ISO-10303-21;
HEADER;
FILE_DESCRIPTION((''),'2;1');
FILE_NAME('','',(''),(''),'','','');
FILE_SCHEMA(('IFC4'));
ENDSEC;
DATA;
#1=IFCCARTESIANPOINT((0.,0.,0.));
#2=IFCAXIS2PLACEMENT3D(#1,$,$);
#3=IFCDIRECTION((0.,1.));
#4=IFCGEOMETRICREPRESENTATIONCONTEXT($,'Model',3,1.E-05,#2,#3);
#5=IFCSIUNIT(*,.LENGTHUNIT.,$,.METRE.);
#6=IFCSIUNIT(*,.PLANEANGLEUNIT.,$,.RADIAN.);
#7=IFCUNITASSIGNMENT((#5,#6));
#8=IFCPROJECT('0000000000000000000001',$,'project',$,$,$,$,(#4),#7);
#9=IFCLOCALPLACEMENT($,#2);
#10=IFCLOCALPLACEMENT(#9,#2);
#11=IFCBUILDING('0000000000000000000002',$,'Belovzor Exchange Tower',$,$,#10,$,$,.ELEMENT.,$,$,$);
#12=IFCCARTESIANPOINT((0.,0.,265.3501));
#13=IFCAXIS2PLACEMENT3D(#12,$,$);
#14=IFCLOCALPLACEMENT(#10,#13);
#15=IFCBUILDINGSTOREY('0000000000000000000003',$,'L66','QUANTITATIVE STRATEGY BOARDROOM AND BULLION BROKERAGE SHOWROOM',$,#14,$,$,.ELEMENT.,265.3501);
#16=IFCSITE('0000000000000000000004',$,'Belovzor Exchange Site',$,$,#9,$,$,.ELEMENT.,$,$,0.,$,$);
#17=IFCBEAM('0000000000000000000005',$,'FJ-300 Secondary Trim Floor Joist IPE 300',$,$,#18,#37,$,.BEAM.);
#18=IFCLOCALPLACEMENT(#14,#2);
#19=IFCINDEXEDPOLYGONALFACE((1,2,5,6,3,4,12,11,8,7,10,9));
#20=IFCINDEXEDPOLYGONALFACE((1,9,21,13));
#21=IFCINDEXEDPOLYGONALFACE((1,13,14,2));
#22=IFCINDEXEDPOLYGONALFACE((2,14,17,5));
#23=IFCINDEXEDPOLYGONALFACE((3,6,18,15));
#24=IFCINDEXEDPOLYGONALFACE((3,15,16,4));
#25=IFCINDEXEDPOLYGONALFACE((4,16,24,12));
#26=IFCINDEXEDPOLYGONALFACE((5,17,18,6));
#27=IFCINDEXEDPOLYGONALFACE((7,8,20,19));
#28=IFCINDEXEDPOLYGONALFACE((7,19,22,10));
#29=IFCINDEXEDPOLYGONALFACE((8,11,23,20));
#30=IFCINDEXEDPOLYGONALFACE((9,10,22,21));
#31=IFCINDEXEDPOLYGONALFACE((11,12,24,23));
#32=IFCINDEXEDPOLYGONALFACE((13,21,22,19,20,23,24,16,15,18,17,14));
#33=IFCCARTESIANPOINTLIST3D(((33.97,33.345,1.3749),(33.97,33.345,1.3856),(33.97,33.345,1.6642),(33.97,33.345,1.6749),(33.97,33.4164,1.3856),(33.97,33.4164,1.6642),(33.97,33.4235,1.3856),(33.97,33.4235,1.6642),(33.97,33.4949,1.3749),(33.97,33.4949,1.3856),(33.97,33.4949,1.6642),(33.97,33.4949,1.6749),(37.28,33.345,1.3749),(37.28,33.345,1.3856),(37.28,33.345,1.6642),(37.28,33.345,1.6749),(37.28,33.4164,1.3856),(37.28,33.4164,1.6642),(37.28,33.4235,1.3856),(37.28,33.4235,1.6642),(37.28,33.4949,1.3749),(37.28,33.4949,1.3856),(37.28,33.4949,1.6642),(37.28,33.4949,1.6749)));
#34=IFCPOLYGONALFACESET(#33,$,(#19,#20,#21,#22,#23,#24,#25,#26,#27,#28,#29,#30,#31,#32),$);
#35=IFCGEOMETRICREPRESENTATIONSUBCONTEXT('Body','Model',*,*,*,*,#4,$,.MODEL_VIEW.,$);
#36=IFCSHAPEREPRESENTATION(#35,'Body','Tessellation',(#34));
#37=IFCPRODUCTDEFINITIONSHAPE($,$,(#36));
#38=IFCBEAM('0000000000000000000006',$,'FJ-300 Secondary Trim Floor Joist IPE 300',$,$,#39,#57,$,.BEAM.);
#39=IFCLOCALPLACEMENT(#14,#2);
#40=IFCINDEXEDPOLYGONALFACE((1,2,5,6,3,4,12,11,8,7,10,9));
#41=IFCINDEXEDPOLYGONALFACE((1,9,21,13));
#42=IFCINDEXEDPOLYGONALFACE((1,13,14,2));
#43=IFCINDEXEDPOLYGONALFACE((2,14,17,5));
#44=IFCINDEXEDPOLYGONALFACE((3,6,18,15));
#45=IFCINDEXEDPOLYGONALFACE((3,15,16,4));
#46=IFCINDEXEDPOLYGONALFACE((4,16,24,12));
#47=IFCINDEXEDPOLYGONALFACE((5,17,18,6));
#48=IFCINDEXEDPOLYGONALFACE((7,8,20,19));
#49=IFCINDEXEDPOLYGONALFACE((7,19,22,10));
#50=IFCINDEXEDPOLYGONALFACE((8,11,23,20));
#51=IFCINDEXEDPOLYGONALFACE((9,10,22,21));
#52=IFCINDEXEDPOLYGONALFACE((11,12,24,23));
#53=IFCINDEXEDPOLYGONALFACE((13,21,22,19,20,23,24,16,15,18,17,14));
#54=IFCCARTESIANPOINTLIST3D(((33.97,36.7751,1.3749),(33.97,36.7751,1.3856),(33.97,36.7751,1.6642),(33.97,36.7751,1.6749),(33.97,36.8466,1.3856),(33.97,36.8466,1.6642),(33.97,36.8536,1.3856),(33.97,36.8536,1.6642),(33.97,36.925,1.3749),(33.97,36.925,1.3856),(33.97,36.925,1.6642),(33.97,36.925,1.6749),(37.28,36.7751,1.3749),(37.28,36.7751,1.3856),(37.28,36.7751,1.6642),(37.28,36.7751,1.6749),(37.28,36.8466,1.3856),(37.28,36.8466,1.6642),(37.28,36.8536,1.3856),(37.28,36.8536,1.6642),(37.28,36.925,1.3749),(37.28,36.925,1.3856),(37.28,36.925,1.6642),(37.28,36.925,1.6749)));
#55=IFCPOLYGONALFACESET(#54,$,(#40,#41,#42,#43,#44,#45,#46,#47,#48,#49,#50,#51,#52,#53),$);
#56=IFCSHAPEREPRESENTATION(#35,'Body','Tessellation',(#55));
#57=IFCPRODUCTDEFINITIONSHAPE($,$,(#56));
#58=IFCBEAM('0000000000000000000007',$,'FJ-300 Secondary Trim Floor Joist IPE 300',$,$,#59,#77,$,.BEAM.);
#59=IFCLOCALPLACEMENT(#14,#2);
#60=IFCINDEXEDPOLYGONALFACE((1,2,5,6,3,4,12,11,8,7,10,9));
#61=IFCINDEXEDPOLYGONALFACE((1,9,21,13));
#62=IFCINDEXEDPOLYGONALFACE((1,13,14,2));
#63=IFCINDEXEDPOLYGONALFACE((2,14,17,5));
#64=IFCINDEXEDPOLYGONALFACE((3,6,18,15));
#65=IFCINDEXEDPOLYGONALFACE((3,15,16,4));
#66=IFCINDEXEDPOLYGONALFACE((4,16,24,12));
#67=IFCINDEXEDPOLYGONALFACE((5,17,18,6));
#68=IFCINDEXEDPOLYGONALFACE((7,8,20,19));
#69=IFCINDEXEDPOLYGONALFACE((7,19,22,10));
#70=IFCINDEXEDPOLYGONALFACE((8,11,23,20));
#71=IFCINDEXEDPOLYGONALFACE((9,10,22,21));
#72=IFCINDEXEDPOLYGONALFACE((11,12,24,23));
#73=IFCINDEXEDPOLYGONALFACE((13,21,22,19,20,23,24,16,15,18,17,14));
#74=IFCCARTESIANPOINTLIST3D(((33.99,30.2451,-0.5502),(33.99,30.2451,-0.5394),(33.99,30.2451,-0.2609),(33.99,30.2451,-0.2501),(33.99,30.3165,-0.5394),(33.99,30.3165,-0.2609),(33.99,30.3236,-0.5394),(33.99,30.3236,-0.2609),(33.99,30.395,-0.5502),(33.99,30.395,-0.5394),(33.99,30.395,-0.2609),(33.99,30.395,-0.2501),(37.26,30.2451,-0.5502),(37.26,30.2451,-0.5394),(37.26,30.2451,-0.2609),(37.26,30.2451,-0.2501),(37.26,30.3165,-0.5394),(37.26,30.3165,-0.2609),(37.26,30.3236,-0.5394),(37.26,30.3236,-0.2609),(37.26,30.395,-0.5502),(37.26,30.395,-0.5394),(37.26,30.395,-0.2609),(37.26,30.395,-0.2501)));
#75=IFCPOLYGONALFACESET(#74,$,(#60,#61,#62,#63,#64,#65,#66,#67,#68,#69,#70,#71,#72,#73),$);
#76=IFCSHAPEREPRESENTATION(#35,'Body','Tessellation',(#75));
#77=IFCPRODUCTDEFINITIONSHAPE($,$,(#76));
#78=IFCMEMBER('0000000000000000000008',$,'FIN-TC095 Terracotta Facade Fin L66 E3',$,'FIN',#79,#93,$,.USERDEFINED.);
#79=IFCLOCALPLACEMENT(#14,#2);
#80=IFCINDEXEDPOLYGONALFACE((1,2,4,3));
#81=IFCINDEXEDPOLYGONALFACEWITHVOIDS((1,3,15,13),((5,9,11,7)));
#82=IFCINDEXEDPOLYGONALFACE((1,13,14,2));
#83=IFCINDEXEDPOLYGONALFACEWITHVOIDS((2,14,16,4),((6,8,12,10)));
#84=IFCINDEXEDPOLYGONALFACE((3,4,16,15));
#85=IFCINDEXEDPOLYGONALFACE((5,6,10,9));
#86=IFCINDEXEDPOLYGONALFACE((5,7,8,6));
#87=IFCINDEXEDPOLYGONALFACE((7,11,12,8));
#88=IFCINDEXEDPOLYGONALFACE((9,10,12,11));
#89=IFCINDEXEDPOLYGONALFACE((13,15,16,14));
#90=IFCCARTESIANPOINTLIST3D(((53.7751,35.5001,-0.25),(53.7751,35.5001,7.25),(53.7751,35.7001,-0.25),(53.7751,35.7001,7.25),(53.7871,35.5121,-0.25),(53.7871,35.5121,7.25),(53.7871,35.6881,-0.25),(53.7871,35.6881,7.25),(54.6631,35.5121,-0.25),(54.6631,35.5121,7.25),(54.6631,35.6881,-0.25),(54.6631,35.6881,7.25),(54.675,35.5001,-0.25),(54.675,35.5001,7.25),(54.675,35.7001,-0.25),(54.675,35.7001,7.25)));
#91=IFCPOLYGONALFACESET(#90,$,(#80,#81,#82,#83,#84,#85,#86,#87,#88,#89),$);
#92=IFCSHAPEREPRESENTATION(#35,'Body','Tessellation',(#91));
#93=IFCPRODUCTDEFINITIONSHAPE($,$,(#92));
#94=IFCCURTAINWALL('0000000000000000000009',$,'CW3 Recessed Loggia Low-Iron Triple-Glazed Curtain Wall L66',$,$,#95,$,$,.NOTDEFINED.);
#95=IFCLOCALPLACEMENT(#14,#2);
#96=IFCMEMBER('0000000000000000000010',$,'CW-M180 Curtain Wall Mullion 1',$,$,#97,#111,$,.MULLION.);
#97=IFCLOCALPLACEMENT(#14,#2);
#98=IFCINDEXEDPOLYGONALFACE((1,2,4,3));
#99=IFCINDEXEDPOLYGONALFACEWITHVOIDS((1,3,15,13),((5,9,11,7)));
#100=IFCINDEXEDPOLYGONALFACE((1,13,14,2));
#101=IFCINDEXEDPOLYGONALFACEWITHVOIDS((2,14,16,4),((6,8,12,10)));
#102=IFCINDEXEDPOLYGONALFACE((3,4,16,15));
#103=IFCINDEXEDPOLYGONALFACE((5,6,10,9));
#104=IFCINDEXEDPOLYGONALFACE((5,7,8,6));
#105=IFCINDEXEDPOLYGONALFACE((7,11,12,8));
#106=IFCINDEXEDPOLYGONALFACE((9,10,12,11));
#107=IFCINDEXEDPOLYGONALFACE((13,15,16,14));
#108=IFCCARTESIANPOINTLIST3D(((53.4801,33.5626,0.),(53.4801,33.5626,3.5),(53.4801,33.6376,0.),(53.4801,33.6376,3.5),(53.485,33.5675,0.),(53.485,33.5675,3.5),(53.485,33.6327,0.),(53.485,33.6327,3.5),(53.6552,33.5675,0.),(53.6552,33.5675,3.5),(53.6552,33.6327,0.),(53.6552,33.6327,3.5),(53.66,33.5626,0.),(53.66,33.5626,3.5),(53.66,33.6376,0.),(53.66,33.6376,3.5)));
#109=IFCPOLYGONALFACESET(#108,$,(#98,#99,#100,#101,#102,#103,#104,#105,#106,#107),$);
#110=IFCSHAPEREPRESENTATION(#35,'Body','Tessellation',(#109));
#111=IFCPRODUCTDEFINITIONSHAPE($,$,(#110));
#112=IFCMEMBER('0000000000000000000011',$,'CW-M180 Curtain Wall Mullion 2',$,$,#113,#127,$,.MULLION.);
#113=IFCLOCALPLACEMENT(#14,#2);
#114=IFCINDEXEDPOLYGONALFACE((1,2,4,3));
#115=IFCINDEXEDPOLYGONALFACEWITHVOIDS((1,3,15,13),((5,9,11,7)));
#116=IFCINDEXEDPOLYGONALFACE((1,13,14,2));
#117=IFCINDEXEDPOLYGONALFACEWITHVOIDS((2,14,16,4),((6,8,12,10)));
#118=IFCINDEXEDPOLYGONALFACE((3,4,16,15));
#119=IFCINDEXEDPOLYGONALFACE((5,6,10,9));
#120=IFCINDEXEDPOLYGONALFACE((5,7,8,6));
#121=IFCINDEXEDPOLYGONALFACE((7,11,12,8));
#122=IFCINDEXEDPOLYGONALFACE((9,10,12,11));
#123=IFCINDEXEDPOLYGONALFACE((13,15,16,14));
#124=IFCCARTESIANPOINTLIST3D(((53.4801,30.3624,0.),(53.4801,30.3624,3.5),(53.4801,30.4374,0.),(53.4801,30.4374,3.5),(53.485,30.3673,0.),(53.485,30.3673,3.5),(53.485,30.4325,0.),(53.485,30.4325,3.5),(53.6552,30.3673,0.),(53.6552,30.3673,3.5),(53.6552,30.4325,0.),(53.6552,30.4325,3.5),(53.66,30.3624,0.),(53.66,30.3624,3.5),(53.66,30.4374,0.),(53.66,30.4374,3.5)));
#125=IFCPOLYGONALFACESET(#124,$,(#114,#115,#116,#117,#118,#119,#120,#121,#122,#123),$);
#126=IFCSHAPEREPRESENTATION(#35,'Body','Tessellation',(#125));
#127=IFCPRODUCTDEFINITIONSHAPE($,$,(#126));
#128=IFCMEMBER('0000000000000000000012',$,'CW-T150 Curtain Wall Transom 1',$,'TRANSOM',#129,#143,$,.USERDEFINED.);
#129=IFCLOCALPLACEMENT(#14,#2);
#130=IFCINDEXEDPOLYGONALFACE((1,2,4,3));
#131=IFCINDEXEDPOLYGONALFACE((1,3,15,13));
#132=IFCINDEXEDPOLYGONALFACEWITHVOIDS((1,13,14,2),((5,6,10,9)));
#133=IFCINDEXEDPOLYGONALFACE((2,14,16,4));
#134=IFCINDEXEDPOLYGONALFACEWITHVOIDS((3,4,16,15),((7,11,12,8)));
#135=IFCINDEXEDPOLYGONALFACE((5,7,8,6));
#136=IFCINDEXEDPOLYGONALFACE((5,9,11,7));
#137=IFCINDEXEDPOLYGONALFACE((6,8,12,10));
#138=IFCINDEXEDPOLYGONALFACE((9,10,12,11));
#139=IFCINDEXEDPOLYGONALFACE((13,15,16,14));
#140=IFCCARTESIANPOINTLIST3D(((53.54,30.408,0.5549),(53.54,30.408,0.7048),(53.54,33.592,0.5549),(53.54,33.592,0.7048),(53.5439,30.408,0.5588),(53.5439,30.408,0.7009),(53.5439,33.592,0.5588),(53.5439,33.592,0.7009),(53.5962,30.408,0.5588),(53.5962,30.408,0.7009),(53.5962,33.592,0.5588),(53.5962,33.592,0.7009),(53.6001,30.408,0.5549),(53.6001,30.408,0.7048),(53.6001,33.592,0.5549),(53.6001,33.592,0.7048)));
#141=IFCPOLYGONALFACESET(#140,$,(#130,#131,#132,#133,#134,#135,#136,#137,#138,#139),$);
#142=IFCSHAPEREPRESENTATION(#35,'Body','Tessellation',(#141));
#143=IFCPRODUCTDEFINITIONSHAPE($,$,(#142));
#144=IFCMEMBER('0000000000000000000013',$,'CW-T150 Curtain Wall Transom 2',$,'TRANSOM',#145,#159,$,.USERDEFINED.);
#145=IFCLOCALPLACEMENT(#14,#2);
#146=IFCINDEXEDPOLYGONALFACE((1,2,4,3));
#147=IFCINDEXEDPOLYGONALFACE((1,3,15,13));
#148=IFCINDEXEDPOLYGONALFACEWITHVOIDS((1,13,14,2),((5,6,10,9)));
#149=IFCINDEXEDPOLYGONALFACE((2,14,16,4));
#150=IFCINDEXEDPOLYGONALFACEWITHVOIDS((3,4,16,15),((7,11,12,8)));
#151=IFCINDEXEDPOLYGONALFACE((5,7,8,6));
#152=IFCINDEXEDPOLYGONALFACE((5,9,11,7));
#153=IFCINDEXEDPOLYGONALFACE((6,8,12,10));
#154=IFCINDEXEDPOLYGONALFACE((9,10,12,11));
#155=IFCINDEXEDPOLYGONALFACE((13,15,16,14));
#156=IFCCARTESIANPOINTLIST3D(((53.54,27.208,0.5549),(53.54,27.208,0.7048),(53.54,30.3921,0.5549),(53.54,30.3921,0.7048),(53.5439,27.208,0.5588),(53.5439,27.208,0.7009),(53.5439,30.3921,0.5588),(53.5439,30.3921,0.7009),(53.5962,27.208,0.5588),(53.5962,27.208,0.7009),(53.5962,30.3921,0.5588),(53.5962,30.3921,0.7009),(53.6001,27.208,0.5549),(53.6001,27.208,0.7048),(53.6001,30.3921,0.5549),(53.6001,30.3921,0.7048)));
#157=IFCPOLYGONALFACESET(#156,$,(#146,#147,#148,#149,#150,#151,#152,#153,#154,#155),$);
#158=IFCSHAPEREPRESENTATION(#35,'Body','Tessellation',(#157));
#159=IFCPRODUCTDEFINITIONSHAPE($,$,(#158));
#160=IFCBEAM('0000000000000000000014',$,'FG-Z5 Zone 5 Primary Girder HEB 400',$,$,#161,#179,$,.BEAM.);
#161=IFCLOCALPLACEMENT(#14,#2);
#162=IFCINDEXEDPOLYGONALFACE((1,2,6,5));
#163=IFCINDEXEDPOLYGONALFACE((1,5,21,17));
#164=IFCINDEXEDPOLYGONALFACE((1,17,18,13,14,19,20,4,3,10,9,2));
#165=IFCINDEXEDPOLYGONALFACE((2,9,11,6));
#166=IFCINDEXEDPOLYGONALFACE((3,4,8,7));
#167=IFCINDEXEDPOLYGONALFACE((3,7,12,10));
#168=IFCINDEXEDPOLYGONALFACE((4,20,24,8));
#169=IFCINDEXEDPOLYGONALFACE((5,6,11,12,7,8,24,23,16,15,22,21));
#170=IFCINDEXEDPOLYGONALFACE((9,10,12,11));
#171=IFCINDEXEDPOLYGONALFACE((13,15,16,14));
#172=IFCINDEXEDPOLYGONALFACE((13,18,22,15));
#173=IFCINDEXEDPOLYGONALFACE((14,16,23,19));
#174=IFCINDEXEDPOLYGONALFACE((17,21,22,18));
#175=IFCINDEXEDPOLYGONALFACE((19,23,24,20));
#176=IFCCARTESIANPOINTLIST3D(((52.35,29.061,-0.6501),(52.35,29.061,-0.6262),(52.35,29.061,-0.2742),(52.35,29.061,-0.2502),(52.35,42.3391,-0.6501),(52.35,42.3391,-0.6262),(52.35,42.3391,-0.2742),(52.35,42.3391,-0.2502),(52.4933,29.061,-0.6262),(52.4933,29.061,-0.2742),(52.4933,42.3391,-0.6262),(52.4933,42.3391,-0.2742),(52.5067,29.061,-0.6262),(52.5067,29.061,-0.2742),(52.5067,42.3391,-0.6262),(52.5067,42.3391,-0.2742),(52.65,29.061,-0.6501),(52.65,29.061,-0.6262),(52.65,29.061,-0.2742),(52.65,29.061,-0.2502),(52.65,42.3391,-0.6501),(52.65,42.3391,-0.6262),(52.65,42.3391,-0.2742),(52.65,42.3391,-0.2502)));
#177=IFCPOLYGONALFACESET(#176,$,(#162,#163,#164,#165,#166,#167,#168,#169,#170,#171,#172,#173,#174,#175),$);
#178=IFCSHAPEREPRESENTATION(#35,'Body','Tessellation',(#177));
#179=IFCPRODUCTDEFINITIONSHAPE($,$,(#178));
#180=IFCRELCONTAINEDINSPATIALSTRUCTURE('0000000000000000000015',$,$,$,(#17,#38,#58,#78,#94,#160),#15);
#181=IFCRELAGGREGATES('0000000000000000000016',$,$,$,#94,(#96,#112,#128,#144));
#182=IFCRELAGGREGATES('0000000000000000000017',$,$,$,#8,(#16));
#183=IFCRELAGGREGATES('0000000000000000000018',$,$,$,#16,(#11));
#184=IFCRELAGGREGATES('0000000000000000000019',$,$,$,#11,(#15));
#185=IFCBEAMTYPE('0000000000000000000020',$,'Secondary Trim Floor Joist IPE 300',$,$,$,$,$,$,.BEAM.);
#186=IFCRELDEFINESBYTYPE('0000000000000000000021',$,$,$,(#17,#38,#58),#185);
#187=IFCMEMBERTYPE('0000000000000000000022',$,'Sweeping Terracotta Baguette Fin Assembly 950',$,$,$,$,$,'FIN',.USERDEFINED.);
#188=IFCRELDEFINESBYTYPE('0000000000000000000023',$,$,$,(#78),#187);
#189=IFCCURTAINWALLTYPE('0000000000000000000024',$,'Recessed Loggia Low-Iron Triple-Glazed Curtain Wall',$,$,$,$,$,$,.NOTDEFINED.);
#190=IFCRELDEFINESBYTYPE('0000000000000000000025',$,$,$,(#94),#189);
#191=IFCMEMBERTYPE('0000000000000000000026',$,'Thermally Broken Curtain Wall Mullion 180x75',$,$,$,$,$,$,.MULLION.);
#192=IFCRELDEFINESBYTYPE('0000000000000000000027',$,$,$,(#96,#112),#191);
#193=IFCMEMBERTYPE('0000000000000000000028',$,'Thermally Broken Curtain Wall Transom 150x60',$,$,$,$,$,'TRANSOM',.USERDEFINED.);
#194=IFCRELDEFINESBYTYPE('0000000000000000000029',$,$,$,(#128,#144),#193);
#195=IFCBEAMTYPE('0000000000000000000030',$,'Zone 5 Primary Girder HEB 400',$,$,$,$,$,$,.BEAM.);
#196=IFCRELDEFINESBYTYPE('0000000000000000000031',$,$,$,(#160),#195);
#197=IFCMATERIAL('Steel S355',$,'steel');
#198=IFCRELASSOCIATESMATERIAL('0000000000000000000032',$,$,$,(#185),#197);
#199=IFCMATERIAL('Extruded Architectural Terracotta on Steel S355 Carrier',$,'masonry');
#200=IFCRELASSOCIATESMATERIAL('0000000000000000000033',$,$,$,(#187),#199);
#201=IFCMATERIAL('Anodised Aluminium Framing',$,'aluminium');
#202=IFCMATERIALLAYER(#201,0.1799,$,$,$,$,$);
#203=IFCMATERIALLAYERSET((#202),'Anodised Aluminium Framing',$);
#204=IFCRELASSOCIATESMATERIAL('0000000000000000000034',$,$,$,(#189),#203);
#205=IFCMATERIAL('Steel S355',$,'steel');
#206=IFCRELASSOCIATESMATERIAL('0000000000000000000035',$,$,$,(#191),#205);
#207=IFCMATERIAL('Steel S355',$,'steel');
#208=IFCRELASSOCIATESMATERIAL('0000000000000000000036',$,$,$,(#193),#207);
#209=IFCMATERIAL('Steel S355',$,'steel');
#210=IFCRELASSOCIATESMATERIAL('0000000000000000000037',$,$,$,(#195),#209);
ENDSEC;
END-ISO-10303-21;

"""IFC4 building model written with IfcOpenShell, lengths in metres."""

from ifc_helpers import new_model, si_unit, direction, frame, origin, origin_2d, place, context, subcontext, project, spatial, hollow_rectangle, i_section, extrude, material, layer, layer_set, material_profile, profile_set, type_object, element, aggregate, save


model = new_model("IFC4")

# Units and contexts
model_context = context("Model", 3, precision=1e-05, world=origin(), true_north=direction((0.0, 1.0)))
body_context = subcontext(model_context, "Body", "Model", "MODEL_VIEW")
ifc_project = project(units=[si_unit("LENGTHUNIT", "METRE"), si_unit("PLANEANGLEUNIT", "RADIAN")], contexts=[model_context])

# Site, building, storey
site_placement = place(None, origin())
site = spatial("IfcSite", under=ifc_project, at=site_placement, Name="Belovzor Exchange Site", CompositionType="ELEMENT", RefElevation=0.0)
building_placement = place(site_placement, origin())
building = spatial("IfcBuilding", under=site, at=building_placement, Name="Belovzor Exchange Tower", CompositionType="ELEMENT")
storey_placement = place(building_placement, frame((0.0, 0.0, 265.3501)))
storey = spatial("IfcBuildingStorey", under=building, at=storey_placement, Name="L66", Description="QUANTITATIVE STRATEGY BOARDROOM AND BULLION BROKERAGE SHOWROOM", CompositionType="ELEMENT", Elevation=265.3501)

# Beams
ifc_material_1 = material(Name="Steel S355", Category="steel")
ifc_material_profile_1 = material_profile(ifc_material_1, i_section(OverallWidth=0.1499, OverallDepth=0.3, WebThickness=0.0071, FlangeThickness=0.0107, at=origin_2d()))
ifc_profile_set_1 = profile_set([ifc_material_profile_1], Name="Steel S355")
beam_type_1 = type_object("IfcBeamType", Name="Secondary Trim Floor Joist IPE 300", PredefinedType="BEAM", material=ifc_profile_set_1)
for number, where, z_axis, x_axis, name in (
    (1, (37.28, 33.4199, 1.5249), (-1.0, 0.0, 0.0), (0.0, -1.0, 0.0), "FJ-300 Secondary Trim Floor Joist IPE 300"),
    (2, (37.28, 36.8501, 1.5249), (-1.0, 0.0, 0.0), (0.0, -1.0, 0.0), "FJ-300 Secondary Trim Floor Joist IPE 300"),
):
    element("IfcBeam", number, at=place(storey_placement, frame(where, z_axis=z_axis, x_axis=x_axis)), inside=storey, type_object=beam_type_1, Name=name, PredefinedType="BEAM", context=body_context, shape_type="SweptSolid", body=[
        extrude(i_section(OverallWidth=0.1499, OverallDepth=0.3, WebThickness=0.0071, FlangeThickness=0.0107, at=origin_2d()), origin(), (0.0, 0.0, 1.0), 3.3101),
    ])
beam_1_placement = place(storey_placement, frame((37.26, 30.3201, -0.4001), z_axis=(-1.0, 0.0, 0.0), x_axis=(0.0, -1.0, 0.0)))
element("IfcBeam", 3, at=beam_1_placement, inside=storey, type_object=beam_type_1, Name="FJ-300 Secondary Trim Floor Joist IPE 300", PredefinedType="BEAM", context=body_context, shape_type="SweptSolid", body=[
    extrude(i_section(OverallWidth=0.1499, OverallDepth=0.3, WebThickness=0.0071, FlangeThickness=0.0107, at=origin_2d()), origin(), (0.0, 0.0, 1.0), 3.27),
])

# Member
ifc_material_2 = material(Name="Extruded Architectural Terracotta on Steel S355 Carrier", Category="masonry")
ifc_material_profile_2 = material_profile(ifc_material_2, hollow_rectangle(XDim=0.2, YDim=0.8999, WallThickness=0.012, at=origin_2d()))
ifc_profile_set_2 = profile_set([ifc_material_profile_2], Name="Extruded Architectural Terracotta on Steel S355 Carrier")
member_type_1 = type_object("IfcMemberType", Name="Sweeping Terracotta Baguette Fin Assembly 950", ElementType="FIN", PredefinedType="USERDEFINED", material=ifc_profile_set_2)
member_1_placement = place(storey_placement, frame((54.2251, 35.6001, -0.25), z_axis=(0.0, 0.0, 1.0), x_axis=(0.0, 1.0, 0.0)))
element("IfcMember", 4, at=member_1_placement, inside=storey, type_object=member_type_1, Name="FIN-TC095 Terracotta Facade Fin L66 E3", ObjectType="FIN", PredefinedType="USERDEFINED", context=body_context, shape_type="SweptSolid", body=[
    extrude(hollow_rectangle(XDim=0.2, YDim=0.8999, WallThickness=0.012, at=origin_2d()), origin(), (0.0, 0.0, 1.0), 7.5),
])

# Curtain wall, members
ifc_material_3 = material(Name="Anodised Aluminium Framing", Category="aluminium")
ifc_layer_1 = layer(ifc_material_3, 0.1799)
ifc_layer_set_1 = layer_set([ifc_layer_1], Name="Anodised Aluminium Framing")
curtain_wall_type = type_object("IfcCurtainWallType", Name="Recessed Loggia Low-Iron Triple-Glazed Curtain Wall", PredefinedType="NOTDEFINED", material=ifc_layer_set_1)
curtain_wall_placement = place(storey_placement, origin())
curtain_wall = element("IfcCurtainWall", 5, at=curtain_wall_placement, inside=storey, type_object=curtain_wall_type, Name="CW3 Recessed Loggia Low-Iron Triple-Glazed Curtain Wall L66", PredefinedType="NOTDEFINED")
ifc_material_4 = material(Name="Steel S355", Category="steel")
ifc_material_profile_3 = material_profile(ifc_material_4, hollow_rectangle(XDim=0.075, YDim=0.1799, WallThickness=0.0049, at=origin_2d()))
ifc_profile_set_3 = profile_set([ifc_material_profile_3], Name="Steel S355")
member_type_2 = type_object("IfcMemberType", Name="Thermally Broken Curtain Wall Mullion 180x75", PredefinedType="MULLION", material=ifc_profile_set_3)
member_2_placement = place(storey_placement, frame((53.5701, 33.6001, 0.0), z_axis=(0.0, 0.0, 1.0), x_axis=(0.0, -1.0, 0.0)))
member_2 = element("IfcMember", 6, at=member_2_placement, type_object=member_type_2, Name="CW-M180 Curtain Wall Mullion 1", PredefinedType="MULLION", context=body_context, shape_type="SweptSolid", body=[
    extrude(hollow_rectangle(XDim=0.075, YDim=0.1799, WallThickness=0.0049, at=origin_2d()), origin(), (0.0, 0.0, 1.0), 3.5),
])
member_3_placement = place(storey_placement, frame((53.5701, 30.3999, 0.0), z_axis=(0.0, 0.0, 1.0), x_axis=(0.0, -1.0, 0.0)))
member_3 = element("IfcMember", 7, at=member_3_placement, type_object=member_type_2, Name="CW-M180 Curtain Wall Mullion 2", PredefinedType="MULLION", context=body_context, shape_type="SweptSolid", body=[
    extrude(hollow_rectangle(XDim=0.075, YDim=0.1799, WallThickness=0.0049, at=origin_2d()), origin(), (0.0, 0.0, 1.0), 3.5),
])
ifc_material_5 = material(Name="Steel S355", Category="steel")
ifc_material_profile_4 = material_profile(ifc_material_5, hollow_rectangle(XDim=0.0601, YDim=0.1499, WallThickness=0.0039, at=origin_2d()))
ifc_profile_set_4 = profile_set([ifc_material_profile_4], Name="Steel S355")
member_type_3 = type_object("IfcMemberType", Name="Thermally Broken Curtain Wall Transom 150x60", ElementType="TRANSOM", PredefinedType="USERDEFINED", material=ifc_profile_set_4)
member_4_placement = place(storey_placement, frame((53.5701, 33.592, 0.6299), z_axis=(0.0, -1.0, 0.0), x_axis=(1.0, 0.0, 0.0)))
member_4 = element("IfcMember", 8, at=member_4_placement, type_object=member_type_3, Name="CW-T150 Curtain Wall Transom 1", ObjectType="TRANSOM", PredefinedType="USERDEFINED", context=body_context, shape_type="SweptSolid", body=[
    extrude(hollow_rectangle(XDim=0.0601, YDim=0.1499, WallThickness=0.0039, at=origin_2d()), origin(), (0.0, 0.0, 1.0), 3.1841),
])
member_5_placement = place(storey_placement, frame((53.5701, 30.3921, 0.6299), z_axis=(0.0, -1.0, 0.0), x_axis=(1.0, 0.0, 0.0)))
member_5 = element("IfcMember", 9, at=member_5_placement, type_object=member_type_3, Name="CW-T150 Curtain Wall Transom 2", ObjectType="TRANSOM", PredefinedType="USERDEFINED", context=body_context, shape_type="SweptSolid", body=[
    extrude(hollow_rectangle(XDim=0.0601, YDim=0.1499, WallThickness=0.0039, at=origin_2d()), origin(), (0.0, 0.0, 1.0), 3.1841),
])

# Beam
ifc_material_6 = material(Name="Steel S355", Category="steel")
ifc_material_profile_5 = material_profile(ifc_material_6, i_section(OverallWidth=0.3, OverallDepth=0.3999, WebThickness=0.0134, FlangeThickness=0.0239, at=origin_2d()))
ifc_profile_set_5 = profile_set([ifc_material_profile_5], Name="Steel S355")
beam_type_2 = type_object("IfcBeamType", Name="Zone 5 Primary Girder HEB 400", PredefinedType="BEAM", material=ifc_profile_set_5)
beam_2_placement = place(storey_placement, frame((52.5, 29.061, -0.4502), z_axis=(0.0, 1.0, 0.0), x_axis=(-1.0, 0.0, 0.0)))
element("IfcBeam", 10, at=beam_2_placement, inside=storey, type_object=beam_type_2, Name="FG-Z5 Zone 5 Primary Girder HEB 400", PredefinedType="BEAM", context=body_context, shape_type="SweptSolid", body=[
    extrude(i_section(OverallWidth=0.3, OverallDepth=0.3999, WebThickness=0.0134, FlangeThickness=0.0239, at=origin_2d()), origin(), (0.0, 0.0, 1.0), 13.2781),
])

aggregate(curtain_wall, [member_2, member_3, member_4, member_5])

save(model, "model.ifc")
